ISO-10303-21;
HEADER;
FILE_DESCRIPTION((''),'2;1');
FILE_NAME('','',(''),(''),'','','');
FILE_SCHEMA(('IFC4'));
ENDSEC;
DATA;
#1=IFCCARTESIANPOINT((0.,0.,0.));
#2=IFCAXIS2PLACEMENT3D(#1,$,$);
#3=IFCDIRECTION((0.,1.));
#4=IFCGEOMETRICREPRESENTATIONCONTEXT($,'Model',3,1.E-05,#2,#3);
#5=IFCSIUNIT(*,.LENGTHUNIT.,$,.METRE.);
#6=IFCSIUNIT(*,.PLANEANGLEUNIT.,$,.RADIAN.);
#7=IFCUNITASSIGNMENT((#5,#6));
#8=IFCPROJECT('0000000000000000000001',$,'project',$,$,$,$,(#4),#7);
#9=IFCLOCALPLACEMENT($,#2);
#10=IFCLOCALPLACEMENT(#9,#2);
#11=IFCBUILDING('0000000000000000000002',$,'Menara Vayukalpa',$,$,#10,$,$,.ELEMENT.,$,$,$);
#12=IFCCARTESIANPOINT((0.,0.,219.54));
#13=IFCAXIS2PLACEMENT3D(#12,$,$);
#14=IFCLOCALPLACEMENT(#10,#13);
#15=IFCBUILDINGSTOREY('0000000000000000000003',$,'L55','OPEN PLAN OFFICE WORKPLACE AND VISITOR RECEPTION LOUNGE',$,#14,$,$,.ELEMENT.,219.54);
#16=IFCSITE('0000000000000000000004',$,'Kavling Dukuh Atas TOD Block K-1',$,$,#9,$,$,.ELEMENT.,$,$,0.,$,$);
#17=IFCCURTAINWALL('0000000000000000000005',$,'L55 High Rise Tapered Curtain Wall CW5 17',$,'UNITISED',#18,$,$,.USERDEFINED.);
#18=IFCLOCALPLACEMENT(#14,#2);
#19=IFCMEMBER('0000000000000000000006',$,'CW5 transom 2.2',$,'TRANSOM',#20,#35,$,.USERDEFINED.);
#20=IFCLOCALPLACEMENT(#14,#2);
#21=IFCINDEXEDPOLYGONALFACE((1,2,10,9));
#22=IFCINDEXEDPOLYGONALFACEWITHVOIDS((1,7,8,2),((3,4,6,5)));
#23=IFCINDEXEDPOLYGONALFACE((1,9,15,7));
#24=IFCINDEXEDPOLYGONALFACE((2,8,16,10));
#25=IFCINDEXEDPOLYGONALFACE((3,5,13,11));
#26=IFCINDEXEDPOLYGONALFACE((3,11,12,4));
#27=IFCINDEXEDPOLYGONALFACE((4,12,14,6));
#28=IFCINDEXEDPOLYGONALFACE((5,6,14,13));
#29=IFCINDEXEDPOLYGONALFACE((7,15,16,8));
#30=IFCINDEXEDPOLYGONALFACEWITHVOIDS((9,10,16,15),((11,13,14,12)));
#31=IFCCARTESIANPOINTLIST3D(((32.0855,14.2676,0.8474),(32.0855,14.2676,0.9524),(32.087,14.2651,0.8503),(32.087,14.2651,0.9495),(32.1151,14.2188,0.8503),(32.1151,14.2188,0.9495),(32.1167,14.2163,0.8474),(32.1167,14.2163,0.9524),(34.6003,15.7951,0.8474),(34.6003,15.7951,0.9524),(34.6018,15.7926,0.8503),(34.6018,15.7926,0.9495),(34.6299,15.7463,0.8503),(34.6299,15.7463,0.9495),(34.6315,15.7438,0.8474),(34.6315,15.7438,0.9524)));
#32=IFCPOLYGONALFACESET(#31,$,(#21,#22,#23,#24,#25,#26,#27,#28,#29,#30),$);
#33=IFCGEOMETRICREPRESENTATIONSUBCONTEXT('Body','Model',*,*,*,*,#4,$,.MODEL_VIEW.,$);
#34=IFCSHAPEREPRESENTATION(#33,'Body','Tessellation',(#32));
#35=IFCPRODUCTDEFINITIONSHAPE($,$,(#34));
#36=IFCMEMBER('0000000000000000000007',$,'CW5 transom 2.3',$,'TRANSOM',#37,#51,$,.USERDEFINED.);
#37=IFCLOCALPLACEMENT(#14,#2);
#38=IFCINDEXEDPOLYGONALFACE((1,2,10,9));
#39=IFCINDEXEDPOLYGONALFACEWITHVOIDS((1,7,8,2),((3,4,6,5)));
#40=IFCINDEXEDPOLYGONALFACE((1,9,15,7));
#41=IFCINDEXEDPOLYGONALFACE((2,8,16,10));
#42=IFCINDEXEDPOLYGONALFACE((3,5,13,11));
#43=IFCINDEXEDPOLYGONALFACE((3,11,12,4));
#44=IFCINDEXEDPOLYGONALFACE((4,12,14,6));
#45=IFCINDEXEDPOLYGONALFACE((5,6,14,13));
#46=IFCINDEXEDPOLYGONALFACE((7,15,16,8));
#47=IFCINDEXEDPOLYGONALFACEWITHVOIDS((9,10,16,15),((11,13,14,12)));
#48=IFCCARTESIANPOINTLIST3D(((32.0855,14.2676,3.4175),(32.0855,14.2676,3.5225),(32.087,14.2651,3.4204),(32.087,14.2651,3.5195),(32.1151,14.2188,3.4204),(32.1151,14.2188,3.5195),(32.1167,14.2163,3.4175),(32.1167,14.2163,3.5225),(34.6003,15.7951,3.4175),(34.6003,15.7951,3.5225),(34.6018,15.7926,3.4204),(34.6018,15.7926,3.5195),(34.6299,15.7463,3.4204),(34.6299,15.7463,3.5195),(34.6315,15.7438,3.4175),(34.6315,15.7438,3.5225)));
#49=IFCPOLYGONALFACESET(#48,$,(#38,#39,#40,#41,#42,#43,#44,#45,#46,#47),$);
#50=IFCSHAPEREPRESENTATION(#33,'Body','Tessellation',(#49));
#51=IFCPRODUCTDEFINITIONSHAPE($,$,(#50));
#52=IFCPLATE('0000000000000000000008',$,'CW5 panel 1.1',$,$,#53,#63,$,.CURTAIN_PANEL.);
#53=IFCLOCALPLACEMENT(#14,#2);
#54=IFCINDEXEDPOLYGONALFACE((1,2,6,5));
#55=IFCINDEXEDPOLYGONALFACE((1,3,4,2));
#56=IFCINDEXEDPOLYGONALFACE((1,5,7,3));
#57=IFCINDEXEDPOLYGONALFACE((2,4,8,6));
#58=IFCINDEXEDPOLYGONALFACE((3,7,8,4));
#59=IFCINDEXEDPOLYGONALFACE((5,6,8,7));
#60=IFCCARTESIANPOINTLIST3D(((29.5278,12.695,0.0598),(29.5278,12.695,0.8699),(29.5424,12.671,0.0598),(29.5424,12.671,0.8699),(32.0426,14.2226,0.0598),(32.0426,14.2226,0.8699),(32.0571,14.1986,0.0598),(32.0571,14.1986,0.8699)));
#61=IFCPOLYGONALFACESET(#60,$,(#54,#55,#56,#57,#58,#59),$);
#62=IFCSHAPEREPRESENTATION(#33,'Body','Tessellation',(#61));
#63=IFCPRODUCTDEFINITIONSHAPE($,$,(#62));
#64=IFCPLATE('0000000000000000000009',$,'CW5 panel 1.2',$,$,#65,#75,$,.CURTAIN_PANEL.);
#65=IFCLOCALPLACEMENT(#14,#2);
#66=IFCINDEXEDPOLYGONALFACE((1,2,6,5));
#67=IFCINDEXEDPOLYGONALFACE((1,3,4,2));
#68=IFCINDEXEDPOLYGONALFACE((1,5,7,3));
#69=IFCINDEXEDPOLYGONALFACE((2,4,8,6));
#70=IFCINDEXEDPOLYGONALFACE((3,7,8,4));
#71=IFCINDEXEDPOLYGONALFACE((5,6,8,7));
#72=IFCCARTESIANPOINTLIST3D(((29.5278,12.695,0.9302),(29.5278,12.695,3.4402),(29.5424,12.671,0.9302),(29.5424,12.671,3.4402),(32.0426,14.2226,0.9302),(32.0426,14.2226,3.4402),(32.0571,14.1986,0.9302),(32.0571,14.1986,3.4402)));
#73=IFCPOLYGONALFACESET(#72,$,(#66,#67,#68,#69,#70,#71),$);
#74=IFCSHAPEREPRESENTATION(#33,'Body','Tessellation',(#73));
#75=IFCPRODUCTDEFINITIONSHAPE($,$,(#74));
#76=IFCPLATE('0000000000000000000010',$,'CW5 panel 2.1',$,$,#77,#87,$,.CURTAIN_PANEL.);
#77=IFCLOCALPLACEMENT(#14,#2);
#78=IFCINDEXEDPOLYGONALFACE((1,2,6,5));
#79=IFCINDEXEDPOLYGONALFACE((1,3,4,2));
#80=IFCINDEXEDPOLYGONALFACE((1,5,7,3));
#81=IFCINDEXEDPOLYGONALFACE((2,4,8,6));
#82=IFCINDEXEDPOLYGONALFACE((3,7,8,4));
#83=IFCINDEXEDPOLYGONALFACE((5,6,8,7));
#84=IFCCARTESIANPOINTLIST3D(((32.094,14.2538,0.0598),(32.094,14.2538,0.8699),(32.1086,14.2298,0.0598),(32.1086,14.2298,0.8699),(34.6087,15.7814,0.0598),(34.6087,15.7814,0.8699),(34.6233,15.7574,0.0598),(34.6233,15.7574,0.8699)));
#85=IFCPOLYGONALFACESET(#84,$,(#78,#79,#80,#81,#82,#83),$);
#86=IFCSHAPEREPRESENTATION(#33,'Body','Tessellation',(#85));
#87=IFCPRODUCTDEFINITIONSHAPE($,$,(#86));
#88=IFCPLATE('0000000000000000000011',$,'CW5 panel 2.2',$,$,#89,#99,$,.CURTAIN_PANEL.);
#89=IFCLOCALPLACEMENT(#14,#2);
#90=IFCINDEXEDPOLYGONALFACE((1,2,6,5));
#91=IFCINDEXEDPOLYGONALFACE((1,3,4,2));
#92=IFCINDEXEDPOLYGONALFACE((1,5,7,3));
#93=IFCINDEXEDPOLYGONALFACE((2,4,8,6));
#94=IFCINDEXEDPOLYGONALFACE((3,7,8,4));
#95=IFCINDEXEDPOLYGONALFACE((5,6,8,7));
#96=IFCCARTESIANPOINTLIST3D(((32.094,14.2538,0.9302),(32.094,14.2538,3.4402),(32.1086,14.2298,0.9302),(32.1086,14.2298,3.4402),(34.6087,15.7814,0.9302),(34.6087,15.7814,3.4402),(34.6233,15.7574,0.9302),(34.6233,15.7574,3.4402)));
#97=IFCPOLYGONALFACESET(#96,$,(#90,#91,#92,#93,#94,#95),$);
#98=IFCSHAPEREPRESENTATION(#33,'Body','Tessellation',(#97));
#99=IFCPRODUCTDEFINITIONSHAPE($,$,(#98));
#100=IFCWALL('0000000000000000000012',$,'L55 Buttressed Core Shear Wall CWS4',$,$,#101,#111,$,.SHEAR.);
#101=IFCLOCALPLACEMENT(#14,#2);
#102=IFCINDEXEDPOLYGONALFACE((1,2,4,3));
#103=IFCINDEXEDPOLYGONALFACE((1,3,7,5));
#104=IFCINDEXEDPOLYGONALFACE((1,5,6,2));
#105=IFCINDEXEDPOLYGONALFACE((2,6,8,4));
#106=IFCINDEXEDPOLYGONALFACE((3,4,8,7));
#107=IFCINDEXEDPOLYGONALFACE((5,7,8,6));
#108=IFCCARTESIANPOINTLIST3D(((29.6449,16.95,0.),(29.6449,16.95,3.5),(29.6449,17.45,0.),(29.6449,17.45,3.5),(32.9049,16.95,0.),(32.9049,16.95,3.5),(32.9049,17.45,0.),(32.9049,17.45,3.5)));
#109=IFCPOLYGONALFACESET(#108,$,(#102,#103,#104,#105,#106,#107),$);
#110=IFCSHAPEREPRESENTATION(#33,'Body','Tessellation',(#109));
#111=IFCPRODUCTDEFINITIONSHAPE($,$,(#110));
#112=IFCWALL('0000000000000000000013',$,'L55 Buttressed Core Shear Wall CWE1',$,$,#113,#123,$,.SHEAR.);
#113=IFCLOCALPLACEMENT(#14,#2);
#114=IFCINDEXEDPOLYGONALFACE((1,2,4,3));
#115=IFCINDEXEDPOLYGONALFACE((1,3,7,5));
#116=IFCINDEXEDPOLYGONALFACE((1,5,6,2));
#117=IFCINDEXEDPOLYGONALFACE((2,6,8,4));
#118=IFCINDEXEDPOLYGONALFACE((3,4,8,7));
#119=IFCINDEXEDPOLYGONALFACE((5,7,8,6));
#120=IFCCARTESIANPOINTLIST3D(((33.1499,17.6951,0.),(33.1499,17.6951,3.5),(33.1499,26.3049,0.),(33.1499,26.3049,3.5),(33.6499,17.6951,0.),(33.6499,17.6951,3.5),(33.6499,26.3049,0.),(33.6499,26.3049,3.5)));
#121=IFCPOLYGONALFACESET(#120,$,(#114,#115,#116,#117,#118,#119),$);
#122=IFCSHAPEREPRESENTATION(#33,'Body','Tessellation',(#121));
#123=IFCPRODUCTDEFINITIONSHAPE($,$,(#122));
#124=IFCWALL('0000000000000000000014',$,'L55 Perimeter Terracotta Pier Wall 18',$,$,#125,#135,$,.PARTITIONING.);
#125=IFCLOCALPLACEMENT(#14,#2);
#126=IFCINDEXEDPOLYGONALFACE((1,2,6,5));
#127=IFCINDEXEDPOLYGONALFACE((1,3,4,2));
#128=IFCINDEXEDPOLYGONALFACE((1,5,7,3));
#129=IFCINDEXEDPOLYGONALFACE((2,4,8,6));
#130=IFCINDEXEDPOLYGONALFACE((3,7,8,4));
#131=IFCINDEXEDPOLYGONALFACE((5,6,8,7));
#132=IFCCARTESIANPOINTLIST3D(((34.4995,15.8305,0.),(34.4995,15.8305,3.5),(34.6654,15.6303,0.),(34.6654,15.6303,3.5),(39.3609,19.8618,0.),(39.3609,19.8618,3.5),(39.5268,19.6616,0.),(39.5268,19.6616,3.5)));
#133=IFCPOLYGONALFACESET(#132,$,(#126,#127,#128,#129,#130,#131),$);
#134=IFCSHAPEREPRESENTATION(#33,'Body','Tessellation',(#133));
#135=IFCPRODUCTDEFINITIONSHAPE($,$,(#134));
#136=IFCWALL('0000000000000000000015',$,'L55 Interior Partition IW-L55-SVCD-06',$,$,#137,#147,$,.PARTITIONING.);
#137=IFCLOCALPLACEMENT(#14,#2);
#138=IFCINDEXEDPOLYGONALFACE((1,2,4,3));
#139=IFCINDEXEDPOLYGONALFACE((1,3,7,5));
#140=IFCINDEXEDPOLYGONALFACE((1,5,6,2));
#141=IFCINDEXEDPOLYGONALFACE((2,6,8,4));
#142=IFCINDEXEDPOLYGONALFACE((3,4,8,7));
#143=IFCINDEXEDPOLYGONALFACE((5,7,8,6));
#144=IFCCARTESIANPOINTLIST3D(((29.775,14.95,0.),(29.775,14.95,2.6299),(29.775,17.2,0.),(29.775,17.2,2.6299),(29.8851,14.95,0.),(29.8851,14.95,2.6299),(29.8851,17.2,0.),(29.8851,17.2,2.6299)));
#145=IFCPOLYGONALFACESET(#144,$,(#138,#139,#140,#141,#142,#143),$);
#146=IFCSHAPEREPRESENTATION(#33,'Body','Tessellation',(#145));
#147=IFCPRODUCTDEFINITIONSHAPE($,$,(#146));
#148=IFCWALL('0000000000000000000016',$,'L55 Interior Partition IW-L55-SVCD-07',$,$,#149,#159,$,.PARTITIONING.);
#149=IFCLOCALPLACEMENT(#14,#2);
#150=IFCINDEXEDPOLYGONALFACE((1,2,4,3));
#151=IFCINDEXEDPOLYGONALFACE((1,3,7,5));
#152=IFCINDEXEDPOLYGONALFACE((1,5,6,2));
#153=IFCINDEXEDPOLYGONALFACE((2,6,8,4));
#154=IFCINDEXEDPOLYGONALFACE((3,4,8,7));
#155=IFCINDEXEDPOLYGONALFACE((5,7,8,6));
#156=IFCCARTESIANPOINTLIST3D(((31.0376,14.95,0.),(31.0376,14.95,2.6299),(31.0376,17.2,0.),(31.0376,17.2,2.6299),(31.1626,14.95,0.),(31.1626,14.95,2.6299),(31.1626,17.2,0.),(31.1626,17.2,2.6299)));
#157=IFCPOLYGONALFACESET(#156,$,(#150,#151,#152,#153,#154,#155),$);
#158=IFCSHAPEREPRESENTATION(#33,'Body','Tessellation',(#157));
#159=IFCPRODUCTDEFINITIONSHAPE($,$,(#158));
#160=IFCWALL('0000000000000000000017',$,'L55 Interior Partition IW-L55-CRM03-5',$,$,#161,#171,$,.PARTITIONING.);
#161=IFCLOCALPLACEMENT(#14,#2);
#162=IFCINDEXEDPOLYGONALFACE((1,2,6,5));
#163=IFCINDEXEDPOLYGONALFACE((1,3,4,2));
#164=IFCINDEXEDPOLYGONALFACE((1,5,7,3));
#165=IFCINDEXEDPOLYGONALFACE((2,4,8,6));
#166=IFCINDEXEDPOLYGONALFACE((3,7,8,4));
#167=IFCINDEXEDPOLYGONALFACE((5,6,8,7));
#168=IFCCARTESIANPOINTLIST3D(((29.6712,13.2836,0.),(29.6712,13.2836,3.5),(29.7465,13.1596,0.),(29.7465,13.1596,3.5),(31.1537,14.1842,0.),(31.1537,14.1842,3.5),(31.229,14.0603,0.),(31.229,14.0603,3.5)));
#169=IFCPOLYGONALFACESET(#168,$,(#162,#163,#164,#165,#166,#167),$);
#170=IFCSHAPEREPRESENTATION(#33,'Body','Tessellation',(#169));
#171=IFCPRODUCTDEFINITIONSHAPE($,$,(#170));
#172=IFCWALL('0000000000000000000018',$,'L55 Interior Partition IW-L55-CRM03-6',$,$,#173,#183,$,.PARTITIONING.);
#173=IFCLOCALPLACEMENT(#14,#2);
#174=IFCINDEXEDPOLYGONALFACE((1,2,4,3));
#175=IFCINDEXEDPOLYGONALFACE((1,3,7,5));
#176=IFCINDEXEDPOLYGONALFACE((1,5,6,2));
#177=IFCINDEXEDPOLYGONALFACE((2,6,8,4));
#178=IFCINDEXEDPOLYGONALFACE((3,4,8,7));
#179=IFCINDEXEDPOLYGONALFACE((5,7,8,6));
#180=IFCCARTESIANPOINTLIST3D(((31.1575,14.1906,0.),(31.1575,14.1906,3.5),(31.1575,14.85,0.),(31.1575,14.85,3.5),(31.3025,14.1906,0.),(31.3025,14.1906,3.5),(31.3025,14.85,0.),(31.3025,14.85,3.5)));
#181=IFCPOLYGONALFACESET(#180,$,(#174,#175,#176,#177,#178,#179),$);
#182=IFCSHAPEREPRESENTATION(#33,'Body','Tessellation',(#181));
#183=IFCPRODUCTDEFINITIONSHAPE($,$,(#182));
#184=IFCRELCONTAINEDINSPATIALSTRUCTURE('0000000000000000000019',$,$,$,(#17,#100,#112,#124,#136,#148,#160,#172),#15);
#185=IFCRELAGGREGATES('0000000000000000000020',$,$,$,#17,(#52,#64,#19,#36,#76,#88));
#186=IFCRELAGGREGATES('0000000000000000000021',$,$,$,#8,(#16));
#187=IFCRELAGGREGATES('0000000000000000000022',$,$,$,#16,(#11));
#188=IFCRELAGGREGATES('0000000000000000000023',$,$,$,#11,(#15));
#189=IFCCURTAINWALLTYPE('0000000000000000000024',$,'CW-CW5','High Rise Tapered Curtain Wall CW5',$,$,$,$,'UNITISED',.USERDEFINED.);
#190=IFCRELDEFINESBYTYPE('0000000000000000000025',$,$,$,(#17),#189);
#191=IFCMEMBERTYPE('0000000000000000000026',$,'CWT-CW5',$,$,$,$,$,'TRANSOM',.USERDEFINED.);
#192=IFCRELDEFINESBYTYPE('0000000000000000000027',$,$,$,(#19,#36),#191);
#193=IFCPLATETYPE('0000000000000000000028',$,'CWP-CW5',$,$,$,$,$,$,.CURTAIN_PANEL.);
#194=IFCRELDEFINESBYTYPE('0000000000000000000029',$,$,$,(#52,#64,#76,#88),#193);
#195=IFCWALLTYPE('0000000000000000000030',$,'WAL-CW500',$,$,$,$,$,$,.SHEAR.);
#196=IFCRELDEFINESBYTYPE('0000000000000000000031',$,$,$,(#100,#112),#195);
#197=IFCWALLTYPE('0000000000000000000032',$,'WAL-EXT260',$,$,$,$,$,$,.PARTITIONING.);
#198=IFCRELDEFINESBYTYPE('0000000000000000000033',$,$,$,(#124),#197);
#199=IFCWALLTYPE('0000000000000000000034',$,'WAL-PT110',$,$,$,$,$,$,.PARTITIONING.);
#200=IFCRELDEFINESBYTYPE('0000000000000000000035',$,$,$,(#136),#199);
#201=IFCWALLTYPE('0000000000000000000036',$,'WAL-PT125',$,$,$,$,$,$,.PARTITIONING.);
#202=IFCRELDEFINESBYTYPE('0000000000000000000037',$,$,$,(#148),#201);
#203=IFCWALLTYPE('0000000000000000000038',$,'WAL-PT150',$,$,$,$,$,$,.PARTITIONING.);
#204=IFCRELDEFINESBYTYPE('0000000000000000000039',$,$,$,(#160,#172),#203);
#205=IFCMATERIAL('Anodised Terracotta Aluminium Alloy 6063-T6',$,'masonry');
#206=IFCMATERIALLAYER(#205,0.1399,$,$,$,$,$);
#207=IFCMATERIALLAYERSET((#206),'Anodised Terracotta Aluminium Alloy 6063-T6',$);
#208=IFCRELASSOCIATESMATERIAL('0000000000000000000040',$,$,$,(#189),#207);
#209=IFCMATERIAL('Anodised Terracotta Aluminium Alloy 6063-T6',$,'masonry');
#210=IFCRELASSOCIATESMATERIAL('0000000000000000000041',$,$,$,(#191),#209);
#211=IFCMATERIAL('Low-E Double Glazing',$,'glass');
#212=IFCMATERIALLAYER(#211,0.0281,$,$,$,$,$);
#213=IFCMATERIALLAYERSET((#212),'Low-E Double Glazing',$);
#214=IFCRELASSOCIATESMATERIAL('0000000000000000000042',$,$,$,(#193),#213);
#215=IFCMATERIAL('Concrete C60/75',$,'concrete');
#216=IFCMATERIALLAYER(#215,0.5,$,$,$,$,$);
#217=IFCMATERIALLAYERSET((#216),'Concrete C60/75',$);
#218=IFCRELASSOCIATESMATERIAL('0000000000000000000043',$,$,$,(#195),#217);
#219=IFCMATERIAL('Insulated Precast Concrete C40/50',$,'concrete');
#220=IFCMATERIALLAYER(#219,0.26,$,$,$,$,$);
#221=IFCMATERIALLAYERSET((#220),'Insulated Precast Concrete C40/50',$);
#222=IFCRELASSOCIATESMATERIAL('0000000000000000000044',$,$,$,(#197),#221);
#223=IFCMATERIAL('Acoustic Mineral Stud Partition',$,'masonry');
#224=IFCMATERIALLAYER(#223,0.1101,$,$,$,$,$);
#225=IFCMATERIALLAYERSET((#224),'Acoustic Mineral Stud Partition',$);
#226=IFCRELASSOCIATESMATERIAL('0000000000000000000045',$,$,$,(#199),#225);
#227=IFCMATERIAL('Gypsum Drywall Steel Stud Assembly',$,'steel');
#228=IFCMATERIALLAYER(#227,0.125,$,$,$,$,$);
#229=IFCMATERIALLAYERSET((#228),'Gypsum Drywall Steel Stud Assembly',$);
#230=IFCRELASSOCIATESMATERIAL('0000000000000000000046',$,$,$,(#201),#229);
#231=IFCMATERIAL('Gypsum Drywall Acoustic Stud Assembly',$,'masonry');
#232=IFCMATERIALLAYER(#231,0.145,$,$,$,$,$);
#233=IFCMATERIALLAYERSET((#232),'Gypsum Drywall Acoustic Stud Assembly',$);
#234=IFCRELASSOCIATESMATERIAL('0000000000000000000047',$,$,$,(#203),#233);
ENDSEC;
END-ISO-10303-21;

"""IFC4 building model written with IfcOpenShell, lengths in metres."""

from ifc_helpers import new_model, si_unit, direction, frame, frame_2d, origin, origin_2d, place, context, subcontext, project, spatial, rectangle, hollow_rectangle, extrude, material, layer, layer_set, material_profile, profile_set, type_object, element, aggregate, save


model = new_model("IFC4")

# Units and contexts
model_context = context("Model", 3, precision=1e-05, world=origin(), true_north=direction((0.0, 1.0)))
body_context = subcontext(model_context, "Body", "Model", "MODEL_VIEW")
ifc_project = project(units=[si_unit("LENGTHUNIT", "METRE"), si_unit("PLANEANGLEUNIT", "RADIAN")], contexts=[model_context])

# Site, building, storey
site_placement = place(None, origin())
site = spatial("IfcSite", under=ifc_project, at=site_placement, Name="Kavling Dukuh Atas TOD Block K-1", CompositionType="ELEMENT", RefElevation=0.0)
building_placement = place(site_placement, origin())
building = spatial("IfcBuilding", under=site, at=building_placement, Name="Menara Vayukalpa", CompositionType="ELEMENT")
storey_placement = place(building_placement, frame((0.0, 0.0, 219.54)))
storey = spatial("IfcBuildingStorey", under=building, at=storey_placement, Name="L55", Description="OPEN PLAN OFFICE WORKPLACE AND VISITOR RECEPTION LOUNGE", CompositionType="ELEMENT", Elevation=219.54)

# Curtain wall, members, plates
ifc_material_1 = material(Name="Anodised Terracotta Aluminium Alloy 6063-T6", Category="masonry")
ifc_layer_1 = layer(ifc_material_1, 0.1399)
ifc_layer_set_1 = layer_set([ifc_layer_1], Name="Anodised Terracotta Aluminium Alloy 6063-T6")
curtain_wall_type = type_object("IfcCurtainWallType", Name="CW-CW5", Description="High Rise Tapered Curtain Wall CW5", ElementType="UNITISED", PredefinedType="USERDEFINED", material=ifc_layer_set_1)
curtain_wall_placement = place(storey_placement, origin())
curtain_wall = element("IfcCurtainWall", 1, at=curtain_wall_placement, inside=storey, type_object=curtain_wall_type, Name="L55 High Rise Tapered Curtain Wall CW5 17", ObjectType="UNITISED", PredefinedType="USERDEFINED")
ifc_material_2 = material(Name="Anodised Terracotta Aluminium Alloy 6063-T6", Category="masonry")
ifc_material_profile_1 = material_profile(ifc_material_2, hollow_rectangle(XDim=0.0601, YDim=0.105, WallThickness=0.0029, at=origin_2d()), Name="ALU 60x105x3")
ifc_profile_set_1 = profile_set([ifc_material_profile_1], Name="Anodised Terracotta Aluminium Alloy 6063-T6")
member_type_1 = type_object("IfcMemberType", Name="CWT-CW5", ElementType="TRANSOM", PredefinedType="USERDEFINED", material=ifc_profile_set_1)
member_1_placement = place(storey_placement, frame((32.1011, 14.2419, 0.8999), z_axis=(0.854684, 0.519149, 0.0), x_axis=(-0.519149, 0.854684, 0.0)))
member_1 = element("IfcMember", 2, at=member_1_placement, type_object=member_type_1, Name="CW5 transom 2.2", ObjectType="TRANSOM", PredefinedType="USERDEFINED", context=body_context, shape_type="SweptSolid", body=[
    extrude(hollow_rectangle(XDim=0.0601, YDim=0.105, WallThickness=0.0029, at=origin_2d()), origin(), (0.0, 0.0, 1.0), 2.9424),
])
member_2_placement = place(storey_placement, frame((32.1011, 14.2419, 3.47), z_axis=(0.854684, 0.519149, 0.0), x_axis=(-0.519149, 0.854684, 0.0)))
member_2 = element("IfcMember", 3, at=member_2_placement, type_object=member_type_1, Name="CW5 transom 2.3", ObjectType="TRANSOM", PredefinedType="USERDEFINED", context=body_context, shape_type="SweptSolid", body=[
    extrude(hollow_rectangle(XDim=0.0601, YDim=0.105, WallThickness=0.0029, at=origin_2d()), origin(), (0.0, 0.0, 1.0), 2.9424),
])
ifc_material_3 = material(Name="Low-E Double Glazing", Category="glass")
ifc_layer_2 = layer(ifc_material_3, 0.0281)
ifc_layer_set_2 = layer_set([ifc_layer_2], Name="Low-E Double Glazing")
plate_type = type_object("IfcPlateType", Name="CWP-CW5", PredefinedType="CURTAIN_PANEL", material=ifc_layer_set_2)
plate_1_placement = place(storey_placement, frame((30.7925, 13.4468, 0.0598), z_axis=(0.0, 0.0, 1.0), x_axis=(0.854665, 0.51918, 0.0)))
plate_1 = element("IfcPlate", 4, at=plate_1_placement, type_object=plate_type, Name="CW5 panel 1.1", PredefinedType="CURTAIN_PANEL", context=body_context, shape_type="SweptSolid", body=[
    extrude(rectangle(XDim=2.9424, YDim=0.0281, at=origin_2d()), origin(), (0.0, 0.0, 1.0), 0.8101),
])
plate_2_placement = place(storey_placement, frame((30.7925, 13.4468, 0.9302), z_axis=(0.0, 0.0, 1.0), x_axis=(0.854665, 0.51918, 0.0)))
plate_2 = element("IfcPlate", 5, at=plate_2_placement, type_object=plate_type, Name="CW5 panel 1.2", PredefinedType="CURTAIN_PANEL", context=body_context, shape_type="SweptSolid", body=[
    extrude(rectangle(XDim=2.9424, YDim=0.0281, at=origin_2d()), origin(), (0.0, 0.0, 1.0), 2.51),
])
plate_3_placement = place(storey_placement, frame((33.3586, 15.0056, 0.0598), z_axis=(0.0, 0.0, 1.0), x_axis=(0.854665, 0.51918, 0.0)))
plate_3 = element("IfcPlate", 6, at=plate_3_placement, type_object=plate_type, Name="CW5 panel 2.1", PredefinedType="CURTAIN_PANEL", context=body_context, shape_type="SweptSolid", body=[
    extrude(rectangle(XDim=2.9424, YDim=0.0281, at=origin_2d()), origin(), (0.0, 0.0, 1.0), 0.8101),
])
plate_4_placement = place(storey_placement, frame((33.3586, 15.0056, 0.9302), z_axis=(0.0, 0.0, 1.0), x_axis=(0.854665, 0.51918, 0.0)))
plate_4 = element("IfcPlate", 7, at=plate_4_placement, type_object=plate_type, Name="CW5 panel 2.2", PredefinedType="CURTAIN_PANEL", context=body_context, shape_type="SweptSolid", body=[
    extrude(rectangle(XDim=2.9424, YDim=0.0281, at=origin_2d()), origin(), (0.0, 0.0, 1.0), 2.51),
])
aggregate(curtain_wall, [plate_1, plate_2, member_1, member_2, plate_3, plate_4])

# Walls
ifc_material_4 = material(Name="Concrete C60/75", Category="concrete")
ifc_layer_3 = layer(ifc_material_4, 0.5)
ifc_layer_set_3 = layer_set([ifc_layer_3], Name="Concrete C60/75")
wall_type_1 = type_object("IfcWallType", Name="WAL-CW500", PredefinedType="SHEAR", material=ifc_layer_set_3)
wall_1_placement = place(storey_placement, frame((29.645, 17.2, 0.0), z_axis=(0.0, 0.0, 1.0), x_axis=(1.0, 0.0, 0.0)))
element("IfcWall", 8, at=wall_1_placement, inside=storey, type_object=wall_type_1, Name="L55 Buttressed Core Shear Wall CWS4", PredefinedType="SHEAR", context=body_context, shape_type="SweptSolid", body=[
    extrude(rectangle(XDim=3.26, YDim=0.5, at=frame_2d((1.6299, 0.0))), origin(), (0.0, 0.0, 1.0), 3.5),
])
wall_2_placement = place(storey_placement, frame((33.3999, 17.6951, 0.0), z_axis=(0.0, 0.0, 1.0), x_axis=(0.0, 1.0, 0.0)))
element("IfcWall", 9, at=wall_2_placement, inside=storey, type_object=wall_type_1, Name="L55 Buttressed Core Shear Wall CWE1", PredefinedType="SHEAR", context=body_context, shape_type="SweptSolid", body=[
    extrude(rectangle(XDim=8.6099, YDim=0.5, at=frame_2d((4.3049, 0.0))), origin(), (0.0, 0.0, 1.0), 3.5),
])
ifc_material_5 = material(Name="Insulated Precast Concrete C40/50", Category="concrete")
ifc_layer_4 = layer(ifc_material_5, 0.26)
ifc_layer_set_4 = layer_set([ifc_layer_4], Name="Insulated Precast Concrete C40/50")
wall_type_2 = type_object("IfcWallType", Name="WAL-EXT260", PredefinedType="PARTITIONING", material=ifc_layer_set_4)
wall_3_placement = place(storey_placement, frame((39.4438, 19.7617, 0.0), z_axis=(0.0, 0.0, 1.0), x_axis=(-0.769765, -0.638327, 0.0)))
element("IfcWall", 10, at=wall_3_placement, inside=storey, type_object=wall_type_2, Name="L55 Perimeter Terracotta Pier Wall 18", PredefinedType="PARTITIONING", context=body_context, shape_type="SweptSolid", body=[
    extrude(rectangle(XDim=6.3154, YDim=0.26, at=frame_2d((3.1577, 0.0))), origin(), (0.0, 0.0, 1.0), 3.5),
])
ifc_material_6 = material(Name="Acoustic Mineral Stud Partition", Category="masonry")
ifc_layer_5 = layer(ifc_material_6, 0.1101)
ifc_layer_set_5 = layer_set([ifc_layer_5], Name="Acoustic Mineral Stud Partition")
wall_type_3 = type_object("IfcWallType", Name="WAL-PT110", PredefinedType="PARTITIONING", material=ifc_layer_set_5)
wall_4_placement = place(storey_placement, frame((29.8301, 14.95, 0.0), z_axis=(0.0, 0.0, 1.0), x_axis=(0.0, 1.0, 0.0)))
element("IfcWall", 11, at=wall_4_placement, inside=storey, type_object=wall_type_3, Name="L55 Interior Partition IW-L55-SVCD-06", PredefinedType="PARTITIONING", context=body_context, shape_type="SweptSolid", body=[
    extrude(rectangle(XDim=2.25, YDim=0.1101, at=frame_2d((1.125, 0.0))), origin(), (0.0, 0.0, 1.0), 2.6299),
])
ifc_material_7 = material(Name="Gypsum Drywall Steel Stud Assembly", Category="steel")
ifc_layer_6 = layer(ifc_material_7, 0.125)
ifc_layer_set_6 = layer_set([ifc_layer_6], Name="Gypsum Drywall Steel Stud Assembly")
wall_type_4 = type_object("IfcWallType", Name="WAL-PT125", PredefinedType="PARTITIONING", material=ifc_layer_set_6)
wall_5_placement = place(storey_placement, frame((31.1001, 14.95, 0.0), z_axis=(0.0, 0.0, 1.0), x_axis=(0.0, 1.0, 0.0)))
element("IfcWall", 12, at=wall_5_placement, inside=storey, type_object=wall_type_4, Name="L55 Interior Partition IW-L55-SVCD-07", PredefinedType="PARTITIONING", context=body_context, shape_type="SweptSolid", body=[
    extrude(rectangle(XDim=2.25, YDim=0.125, at=frame_2d((1.125, 0.0))), origin(), (0.0, 0.0, 1.0), 2.6299),
])
ifc_material_8 = material(Name="Gypsum Drywall Acoustic Stud Assembly", Category="masonry")
ifc_layer_7 = layer(ifc_material_8, 0.145)
ifc_layer_set_7 = layer_set([ifc_layer_7], Name="Gypsum Drywall Acoustic Stud Assembly")
wall_type_5 = type_object("IfcWallType", Name="WAL-PT150", PredefinedType="PARTITIONING", material=ifc_layer_set_7)
wall_6_placement = place(storey_placement, frame((29.709, 13.2217, 0.0), z_axis=(0.0, 0.0, 1.0), x_axis=(0.854636, 0.519228, 0.0)))
element("IfcWall", 13, at=wall_6_placement, inside=storey, type_object=wall_type_5, Name="L55 Interior Partition IW-L55-CRM03-5", PredefinedType="PARTITIONING", context=body_context, shape_type="SweptSolid", body=[
    extrude(rectangle(XDim=1.7346, YDim=0.145, at=frame_2d((0.8672, 0.0))), origin(), (0.0, 0.0, 1.0), 3.5),
])
wall_7_placement = place(storey_placement, frame((31.23, 14.1907, 0.0), z_axis=(0.0, 0.0, 1.0), x_axis=(0.0, 1.0, 0.0)))
element("IfcWall", 14, at=wall_7_placement, inside=storey, type_object=wall_type_5, Name="L55 Interior Partition IW-L55-CRM03-6", PredefinedType="PARTITIONING", context=body_context, shape_type="SweptSolid", body=[
    extrude(rectangle(XDim=0.6594, YDim=0.145, at=frame_2d((0.3296, 0.0))), origin(), (0.0, 0.0, 1.0), 3.5),
])

save(model, "model.ifc")
